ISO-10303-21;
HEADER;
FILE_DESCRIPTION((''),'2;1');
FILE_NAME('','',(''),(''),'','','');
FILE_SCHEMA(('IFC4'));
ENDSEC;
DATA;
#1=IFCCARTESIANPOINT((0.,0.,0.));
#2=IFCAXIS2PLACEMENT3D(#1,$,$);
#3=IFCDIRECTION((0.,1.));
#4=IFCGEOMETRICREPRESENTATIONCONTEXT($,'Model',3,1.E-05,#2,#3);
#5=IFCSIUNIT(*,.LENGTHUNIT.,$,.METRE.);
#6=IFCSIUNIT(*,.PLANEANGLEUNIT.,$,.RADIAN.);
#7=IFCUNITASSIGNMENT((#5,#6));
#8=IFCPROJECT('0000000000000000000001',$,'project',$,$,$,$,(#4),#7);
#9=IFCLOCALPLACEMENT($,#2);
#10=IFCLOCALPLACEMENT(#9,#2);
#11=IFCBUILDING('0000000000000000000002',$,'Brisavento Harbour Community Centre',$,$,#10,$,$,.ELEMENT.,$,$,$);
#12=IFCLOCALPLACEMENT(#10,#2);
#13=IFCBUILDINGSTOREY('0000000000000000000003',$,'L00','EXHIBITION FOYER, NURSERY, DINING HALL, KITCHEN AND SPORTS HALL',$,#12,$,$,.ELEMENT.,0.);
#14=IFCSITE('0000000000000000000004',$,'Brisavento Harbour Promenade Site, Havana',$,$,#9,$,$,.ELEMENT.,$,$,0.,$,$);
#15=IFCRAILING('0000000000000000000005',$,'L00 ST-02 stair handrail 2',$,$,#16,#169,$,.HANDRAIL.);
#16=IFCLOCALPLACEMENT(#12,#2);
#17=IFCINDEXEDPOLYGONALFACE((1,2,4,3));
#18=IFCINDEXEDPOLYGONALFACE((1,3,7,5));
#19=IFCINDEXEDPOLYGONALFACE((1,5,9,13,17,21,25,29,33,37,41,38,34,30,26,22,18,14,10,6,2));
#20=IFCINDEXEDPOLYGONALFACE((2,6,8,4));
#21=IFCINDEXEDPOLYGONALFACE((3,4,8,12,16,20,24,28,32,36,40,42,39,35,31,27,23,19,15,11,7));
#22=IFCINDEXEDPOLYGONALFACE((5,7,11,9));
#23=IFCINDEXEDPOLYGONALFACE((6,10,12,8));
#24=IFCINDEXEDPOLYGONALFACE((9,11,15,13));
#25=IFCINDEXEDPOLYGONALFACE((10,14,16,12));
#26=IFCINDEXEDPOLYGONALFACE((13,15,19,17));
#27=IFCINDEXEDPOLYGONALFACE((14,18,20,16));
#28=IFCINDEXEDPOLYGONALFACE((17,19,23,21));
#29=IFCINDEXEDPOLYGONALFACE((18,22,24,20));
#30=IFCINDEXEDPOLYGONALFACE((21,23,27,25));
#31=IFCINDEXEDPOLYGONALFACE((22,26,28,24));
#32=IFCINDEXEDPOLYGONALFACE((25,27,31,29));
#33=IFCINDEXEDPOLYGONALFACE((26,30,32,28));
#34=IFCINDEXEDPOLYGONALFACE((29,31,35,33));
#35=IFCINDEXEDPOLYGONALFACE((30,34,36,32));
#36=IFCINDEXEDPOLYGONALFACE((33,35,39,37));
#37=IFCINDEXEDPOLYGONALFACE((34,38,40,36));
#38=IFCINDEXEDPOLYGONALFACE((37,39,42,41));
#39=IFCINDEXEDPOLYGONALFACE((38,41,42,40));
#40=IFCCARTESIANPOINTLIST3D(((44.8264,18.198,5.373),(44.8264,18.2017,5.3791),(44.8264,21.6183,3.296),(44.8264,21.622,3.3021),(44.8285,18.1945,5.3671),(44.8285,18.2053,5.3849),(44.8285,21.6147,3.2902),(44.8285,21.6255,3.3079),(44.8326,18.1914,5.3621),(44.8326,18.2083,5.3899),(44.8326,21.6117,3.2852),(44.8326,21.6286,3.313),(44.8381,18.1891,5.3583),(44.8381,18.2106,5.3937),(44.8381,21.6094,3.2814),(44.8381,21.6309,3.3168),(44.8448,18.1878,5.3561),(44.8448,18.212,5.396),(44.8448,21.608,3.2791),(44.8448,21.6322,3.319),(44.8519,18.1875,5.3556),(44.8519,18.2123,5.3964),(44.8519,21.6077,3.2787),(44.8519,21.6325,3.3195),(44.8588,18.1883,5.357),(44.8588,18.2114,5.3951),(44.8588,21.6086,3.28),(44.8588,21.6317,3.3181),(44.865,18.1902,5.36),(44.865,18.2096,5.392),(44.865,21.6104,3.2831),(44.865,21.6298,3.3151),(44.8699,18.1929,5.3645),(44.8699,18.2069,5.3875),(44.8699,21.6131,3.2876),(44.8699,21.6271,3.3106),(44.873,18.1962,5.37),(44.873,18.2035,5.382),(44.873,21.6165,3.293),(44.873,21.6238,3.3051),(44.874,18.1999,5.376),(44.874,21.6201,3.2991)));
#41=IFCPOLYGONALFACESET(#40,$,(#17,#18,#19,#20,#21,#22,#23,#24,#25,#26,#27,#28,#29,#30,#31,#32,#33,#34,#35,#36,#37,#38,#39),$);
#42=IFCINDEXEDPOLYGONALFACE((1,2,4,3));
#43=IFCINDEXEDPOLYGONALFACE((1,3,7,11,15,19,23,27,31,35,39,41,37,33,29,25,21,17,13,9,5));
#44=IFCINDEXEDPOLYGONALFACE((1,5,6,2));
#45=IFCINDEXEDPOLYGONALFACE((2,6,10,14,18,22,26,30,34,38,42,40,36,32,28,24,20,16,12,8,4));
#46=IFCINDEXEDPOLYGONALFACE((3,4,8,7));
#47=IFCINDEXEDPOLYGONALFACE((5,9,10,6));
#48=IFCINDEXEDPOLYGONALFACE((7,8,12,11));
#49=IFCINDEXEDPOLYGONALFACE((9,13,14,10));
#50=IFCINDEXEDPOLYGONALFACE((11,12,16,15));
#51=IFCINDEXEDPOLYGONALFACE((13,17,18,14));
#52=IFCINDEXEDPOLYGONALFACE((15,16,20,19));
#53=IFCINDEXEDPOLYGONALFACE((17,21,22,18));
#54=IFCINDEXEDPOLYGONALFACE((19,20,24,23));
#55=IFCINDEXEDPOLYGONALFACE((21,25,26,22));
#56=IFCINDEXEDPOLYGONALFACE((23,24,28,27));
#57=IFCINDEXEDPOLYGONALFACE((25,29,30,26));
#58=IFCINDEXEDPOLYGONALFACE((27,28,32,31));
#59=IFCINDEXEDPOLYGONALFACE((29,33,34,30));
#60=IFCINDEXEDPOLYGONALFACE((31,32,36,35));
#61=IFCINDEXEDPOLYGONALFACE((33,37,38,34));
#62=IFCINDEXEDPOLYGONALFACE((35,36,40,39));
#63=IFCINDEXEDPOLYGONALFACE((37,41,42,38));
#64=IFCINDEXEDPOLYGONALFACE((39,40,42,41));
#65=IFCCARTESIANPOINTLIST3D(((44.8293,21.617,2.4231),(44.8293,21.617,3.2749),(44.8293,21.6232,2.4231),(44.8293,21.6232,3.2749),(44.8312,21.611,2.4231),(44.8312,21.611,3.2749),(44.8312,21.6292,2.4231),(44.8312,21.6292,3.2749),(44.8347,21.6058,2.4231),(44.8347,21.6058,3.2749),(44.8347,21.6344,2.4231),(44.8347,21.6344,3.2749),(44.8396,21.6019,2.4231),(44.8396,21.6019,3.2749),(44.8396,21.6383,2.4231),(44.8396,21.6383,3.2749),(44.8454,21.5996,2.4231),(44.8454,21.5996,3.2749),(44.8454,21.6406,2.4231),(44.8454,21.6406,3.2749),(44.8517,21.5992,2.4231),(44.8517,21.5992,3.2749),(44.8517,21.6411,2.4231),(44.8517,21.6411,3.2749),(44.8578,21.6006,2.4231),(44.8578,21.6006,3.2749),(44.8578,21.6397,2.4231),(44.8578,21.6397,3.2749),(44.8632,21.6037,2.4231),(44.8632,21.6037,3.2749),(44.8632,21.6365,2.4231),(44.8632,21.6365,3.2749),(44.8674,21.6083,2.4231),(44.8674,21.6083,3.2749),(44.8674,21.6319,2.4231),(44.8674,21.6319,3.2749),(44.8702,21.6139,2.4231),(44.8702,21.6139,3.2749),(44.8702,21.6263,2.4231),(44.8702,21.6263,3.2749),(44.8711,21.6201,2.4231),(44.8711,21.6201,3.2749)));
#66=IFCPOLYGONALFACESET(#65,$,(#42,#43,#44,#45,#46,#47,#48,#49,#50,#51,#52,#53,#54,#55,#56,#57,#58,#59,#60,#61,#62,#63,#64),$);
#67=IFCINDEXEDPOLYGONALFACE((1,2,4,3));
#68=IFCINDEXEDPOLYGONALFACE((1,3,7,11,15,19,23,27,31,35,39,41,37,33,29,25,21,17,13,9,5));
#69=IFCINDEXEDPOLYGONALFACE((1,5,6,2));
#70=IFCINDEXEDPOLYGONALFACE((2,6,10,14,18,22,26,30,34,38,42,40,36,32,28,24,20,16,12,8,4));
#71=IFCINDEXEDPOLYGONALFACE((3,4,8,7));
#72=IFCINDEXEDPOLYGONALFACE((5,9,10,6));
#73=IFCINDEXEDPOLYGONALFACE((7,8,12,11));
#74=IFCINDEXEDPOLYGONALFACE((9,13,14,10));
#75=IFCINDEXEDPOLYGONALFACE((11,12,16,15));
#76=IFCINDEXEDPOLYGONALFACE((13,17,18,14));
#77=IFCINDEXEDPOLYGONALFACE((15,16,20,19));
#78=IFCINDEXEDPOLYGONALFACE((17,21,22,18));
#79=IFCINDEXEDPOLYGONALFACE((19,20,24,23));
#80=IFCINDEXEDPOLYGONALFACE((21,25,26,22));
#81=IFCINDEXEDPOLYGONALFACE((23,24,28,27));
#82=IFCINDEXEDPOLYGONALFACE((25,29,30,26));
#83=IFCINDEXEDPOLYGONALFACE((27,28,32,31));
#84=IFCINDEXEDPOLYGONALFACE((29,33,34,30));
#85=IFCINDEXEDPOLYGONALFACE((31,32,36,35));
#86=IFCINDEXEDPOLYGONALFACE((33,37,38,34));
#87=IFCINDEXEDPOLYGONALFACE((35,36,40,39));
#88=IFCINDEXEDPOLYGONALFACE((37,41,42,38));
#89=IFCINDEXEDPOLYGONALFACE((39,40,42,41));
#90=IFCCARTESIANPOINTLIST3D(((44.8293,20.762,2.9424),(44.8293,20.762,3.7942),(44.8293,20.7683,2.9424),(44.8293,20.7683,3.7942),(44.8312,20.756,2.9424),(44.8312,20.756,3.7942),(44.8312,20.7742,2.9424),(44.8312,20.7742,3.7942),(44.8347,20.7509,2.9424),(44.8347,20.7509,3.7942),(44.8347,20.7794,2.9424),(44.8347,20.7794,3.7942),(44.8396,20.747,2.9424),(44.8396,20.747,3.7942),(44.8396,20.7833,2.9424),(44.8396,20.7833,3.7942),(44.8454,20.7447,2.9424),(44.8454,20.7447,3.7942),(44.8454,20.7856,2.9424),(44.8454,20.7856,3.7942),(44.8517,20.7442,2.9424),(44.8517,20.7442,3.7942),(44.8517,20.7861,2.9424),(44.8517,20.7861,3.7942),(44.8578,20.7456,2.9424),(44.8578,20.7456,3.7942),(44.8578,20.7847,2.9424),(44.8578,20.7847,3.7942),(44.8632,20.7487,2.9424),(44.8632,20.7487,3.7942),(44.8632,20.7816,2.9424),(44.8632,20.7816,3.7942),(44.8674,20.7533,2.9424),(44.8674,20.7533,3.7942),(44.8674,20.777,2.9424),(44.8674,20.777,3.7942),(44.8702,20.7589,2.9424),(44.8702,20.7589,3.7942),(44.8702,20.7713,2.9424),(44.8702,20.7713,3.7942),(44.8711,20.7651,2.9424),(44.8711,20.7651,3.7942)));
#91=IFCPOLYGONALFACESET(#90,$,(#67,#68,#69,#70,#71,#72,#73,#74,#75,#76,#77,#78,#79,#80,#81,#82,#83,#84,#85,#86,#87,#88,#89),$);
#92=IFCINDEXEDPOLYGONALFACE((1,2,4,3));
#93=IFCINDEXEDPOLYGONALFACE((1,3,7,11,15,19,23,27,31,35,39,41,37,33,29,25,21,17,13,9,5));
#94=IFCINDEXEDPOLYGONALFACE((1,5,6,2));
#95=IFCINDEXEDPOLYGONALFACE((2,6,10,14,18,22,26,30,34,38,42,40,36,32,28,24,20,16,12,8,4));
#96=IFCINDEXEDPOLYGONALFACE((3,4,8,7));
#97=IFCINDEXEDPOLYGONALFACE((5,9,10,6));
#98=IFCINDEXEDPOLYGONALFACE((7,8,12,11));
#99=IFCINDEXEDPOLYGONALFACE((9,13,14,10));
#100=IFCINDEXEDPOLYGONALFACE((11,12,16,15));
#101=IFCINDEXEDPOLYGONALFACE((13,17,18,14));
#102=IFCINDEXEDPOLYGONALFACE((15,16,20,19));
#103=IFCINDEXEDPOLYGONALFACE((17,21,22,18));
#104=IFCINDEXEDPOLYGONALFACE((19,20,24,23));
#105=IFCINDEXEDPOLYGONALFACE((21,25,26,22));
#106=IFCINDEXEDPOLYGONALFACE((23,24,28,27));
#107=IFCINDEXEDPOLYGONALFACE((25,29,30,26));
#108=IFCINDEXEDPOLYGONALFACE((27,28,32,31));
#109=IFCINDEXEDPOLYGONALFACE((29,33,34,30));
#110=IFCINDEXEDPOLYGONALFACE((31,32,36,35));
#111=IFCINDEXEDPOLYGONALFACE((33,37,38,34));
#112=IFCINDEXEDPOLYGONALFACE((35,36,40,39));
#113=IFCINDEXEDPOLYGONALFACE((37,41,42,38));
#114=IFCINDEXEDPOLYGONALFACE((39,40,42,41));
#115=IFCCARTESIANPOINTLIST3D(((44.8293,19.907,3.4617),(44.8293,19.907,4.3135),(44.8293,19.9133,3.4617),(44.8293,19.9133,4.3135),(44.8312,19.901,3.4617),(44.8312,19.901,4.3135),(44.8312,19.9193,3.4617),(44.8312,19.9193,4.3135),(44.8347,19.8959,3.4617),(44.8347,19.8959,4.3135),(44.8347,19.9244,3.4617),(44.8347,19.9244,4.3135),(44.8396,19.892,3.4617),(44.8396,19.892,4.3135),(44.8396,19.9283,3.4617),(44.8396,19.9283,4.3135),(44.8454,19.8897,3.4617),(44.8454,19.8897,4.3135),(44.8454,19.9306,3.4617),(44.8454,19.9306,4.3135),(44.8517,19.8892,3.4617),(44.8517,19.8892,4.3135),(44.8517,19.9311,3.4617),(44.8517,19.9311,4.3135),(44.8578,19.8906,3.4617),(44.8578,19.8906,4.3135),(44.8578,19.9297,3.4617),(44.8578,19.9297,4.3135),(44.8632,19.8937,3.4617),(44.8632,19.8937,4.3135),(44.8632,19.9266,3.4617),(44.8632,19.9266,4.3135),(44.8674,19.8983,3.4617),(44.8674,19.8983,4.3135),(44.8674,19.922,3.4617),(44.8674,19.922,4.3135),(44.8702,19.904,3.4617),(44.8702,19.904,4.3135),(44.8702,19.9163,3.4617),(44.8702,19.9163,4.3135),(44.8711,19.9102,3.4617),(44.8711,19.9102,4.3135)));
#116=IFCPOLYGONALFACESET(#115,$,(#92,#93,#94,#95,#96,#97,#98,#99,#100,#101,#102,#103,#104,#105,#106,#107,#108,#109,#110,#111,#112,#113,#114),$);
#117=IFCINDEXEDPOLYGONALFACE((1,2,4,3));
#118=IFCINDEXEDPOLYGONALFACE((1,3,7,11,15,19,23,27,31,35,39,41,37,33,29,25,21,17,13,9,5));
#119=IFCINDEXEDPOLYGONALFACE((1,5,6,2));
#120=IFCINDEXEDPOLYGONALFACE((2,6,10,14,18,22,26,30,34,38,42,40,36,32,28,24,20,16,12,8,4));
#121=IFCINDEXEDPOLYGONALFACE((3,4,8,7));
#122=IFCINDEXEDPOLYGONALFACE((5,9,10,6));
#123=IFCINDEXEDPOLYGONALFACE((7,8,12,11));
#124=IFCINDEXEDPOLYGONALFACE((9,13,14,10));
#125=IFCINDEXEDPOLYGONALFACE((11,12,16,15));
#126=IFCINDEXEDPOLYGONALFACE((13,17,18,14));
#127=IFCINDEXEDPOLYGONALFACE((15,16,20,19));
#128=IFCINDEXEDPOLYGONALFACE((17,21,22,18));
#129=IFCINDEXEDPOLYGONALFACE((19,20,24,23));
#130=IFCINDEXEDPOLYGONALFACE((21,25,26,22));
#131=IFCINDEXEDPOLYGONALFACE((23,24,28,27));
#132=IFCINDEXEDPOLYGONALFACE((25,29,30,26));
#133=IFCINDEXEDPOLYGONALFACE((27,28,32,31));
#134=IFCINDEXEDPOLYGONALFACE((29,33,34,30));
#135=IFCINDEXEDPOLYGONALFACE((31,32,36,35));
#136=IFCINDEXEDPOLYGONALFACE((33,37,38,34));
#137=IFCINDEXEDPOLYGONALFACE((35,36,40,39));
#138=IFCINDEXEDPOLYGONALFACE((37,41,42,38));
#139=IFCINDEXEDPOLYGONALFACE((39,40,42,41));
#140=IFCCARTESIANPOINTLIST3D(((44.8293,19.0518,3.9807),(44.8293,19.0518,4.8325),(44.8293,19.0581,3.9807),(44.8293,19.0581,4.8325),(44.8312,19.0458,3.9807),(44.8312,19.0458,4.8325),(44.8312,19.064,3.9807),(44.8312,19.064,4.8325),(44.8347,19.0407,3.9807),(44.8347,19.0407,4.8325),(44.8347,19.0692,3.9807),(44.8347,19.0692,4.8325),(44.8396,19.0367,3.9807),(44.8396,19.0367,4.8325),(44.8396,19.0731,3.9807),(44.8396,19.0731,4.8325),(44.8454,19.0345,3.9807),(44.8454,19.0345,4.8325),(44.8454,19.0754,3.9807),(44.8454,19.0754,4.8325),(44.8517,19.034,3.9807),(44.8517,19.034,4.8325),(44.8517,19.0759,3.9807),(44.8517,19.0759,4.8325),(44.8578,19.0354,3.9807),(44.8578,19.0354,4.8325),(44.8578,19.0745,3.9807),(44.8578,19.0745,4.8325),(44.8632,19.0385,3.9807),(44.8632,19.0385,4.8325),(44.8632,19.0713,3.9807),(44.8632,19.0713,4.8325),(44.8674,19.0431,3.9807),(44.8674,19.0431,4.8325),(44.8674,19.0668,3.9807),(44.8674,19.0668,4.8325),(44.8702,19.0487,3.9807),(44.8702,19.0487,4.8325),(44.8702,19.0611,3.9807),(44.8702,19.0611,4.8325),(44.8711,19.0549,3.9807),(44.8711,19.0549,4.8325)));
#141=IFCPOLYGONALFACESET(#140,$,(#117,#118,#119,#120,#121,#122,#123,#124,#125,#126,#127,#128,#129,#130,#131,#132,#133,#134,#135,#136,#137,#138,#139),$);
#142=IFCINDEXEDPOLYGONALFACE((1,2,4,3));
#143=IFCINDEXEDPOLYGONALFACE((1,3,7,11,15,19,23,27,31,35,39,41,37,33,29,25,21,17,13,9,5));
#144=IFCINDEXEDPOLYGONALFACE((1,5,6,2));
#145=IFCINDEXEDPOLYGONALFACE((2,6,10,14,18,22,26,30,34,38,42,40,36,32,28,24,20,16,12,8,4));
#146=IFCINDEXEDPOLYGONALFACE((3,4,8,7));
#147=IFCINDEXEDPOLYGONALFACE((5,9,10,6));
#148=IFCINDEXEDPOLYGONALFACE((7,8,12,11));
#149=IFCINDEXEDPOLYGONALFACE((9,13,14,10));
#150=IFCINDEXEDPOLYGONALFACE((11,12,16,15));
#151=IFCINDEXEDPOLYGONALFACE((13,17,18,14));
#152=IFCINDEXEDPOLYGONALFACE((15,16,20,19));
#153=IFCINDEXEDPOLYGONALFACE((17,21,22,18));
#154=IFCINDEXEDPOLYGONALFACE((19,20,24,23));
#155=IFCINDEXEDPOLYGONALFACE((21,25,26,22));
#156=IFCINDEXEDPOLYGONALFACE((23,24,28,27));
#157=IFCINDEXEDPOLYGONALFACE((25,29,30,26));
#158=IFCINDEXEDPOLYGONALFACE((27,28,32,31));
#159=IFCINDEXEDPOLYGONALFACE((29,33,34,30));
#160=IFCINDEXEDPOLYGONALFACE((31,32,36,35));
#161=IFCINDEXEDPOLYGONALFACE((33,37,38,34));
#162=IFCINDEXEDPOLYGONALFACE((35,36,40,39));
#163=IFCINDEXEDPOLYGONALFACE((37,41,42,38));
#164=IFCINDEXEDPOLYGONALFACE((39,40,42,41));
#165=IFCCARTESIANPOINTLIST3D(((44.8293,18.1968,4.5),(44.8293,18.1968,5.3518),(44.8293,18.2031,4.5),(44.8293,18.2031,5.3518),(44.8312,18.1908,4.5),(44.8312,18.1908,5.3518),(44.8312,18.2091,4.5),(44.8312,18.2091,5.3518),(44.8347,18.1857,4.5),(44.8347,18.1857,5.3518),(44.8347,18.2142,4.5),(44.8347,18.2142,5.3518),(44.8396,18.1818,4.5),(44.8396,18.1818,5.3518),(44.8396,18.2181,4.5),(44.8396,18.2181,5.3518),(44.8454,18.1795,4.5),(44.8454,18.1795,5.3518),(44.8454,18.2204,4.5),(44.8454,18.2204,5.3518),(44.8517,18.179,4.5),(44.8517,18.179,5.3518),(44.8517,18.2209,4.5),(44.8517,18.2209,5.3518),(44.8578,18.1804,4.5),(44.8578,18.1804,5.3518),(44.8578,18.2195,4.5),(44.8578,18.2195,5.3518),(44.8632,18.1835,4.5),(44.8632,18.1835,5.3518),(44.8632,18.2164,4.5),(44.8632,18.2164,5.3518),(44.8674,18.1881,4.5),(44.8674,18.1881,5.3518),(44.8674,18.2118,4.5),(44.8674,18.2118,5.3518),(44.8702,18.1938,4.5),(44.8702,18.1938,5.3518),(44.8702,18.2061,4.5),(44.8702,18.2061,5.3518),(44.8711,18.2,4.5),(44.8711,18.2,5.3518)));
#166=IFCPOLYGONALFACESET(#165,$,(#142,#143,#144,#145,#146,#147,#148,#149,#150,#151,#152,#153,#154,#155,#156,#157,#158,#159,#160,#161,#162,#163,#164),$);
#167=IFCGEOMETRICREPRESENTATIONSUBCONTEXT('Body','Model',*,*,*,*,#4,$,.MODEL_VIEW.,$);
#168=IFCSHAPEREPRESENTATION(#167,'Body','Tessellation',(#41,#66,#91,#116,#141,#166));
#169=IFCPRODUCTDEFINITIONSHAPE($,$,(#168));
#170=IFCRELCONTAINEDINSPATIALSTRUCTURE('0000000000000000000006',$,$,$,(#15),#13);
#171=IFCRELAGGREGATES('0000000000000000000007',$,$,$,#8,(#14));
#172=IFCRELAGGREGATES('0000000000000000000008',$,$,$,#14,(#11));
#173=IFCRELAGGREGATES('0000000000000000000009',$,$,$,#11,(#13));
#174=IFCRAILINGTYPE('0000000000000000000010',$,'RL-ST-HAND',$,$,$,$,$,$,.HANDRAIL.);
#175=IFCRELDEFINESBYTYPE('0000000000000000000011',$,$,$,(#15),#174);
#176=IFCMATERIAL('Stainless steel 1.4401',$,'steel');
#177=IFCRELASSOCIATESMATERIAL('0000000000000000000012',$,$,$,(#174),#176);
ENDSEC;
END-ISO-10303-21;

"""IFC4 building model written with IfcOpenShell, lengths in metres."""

from ifc_helpers import new_model, si_unit, direction, frame, origin, origin_2d, place, context, subcontext, project, spatial, circle, extrude, material, type_object, element, save


model = new_model("IFC4")

# Units and contexts
model_context = context("Model", 3, precision=1e-05, world=origin(), true_north=direction((0.0, 1.0)))
body_context = subcontext(model_context, "Body", "Model", "MODEL_VIEW")
ifc_project = project(units=[si_unit("LENGTHUNIT", "METRE"), si_unit("PLANEANGLEUNIT", "RADIAN")], contexts=[model_context])

# Site, building, storey
site_placement = place(None, origin())
site = spatial("IfcSite", under=ifc_project, at=site_placement, Name="Brisavento Harbour Promenade Site, Havana", CompositionType="ELEMENT", RefElevation=0.0)
building_placement = place(site_placement, origin())
building = spatial("IfcBuilding", under=site, at=building_placement, Name="Brisavento Harbour Community Centre", CompositionType="ELEMENT")
storey_placement = place(building_placement, origin())
storey = spatial("IfcBuildingStorey", under=building, at=storey_placement, Name="L00", Description="EXHIBITION FOYER, NURSERY, DINING HALL, KITCHEN AND SPORTS HALL", CompositionType="ELEMENT", Elevation=0.0)

# Railing
ifc_material_1 = material(Name="Stainless steel 1.4401", Category="steel")
railing_type_1 = type_object("IfcRailingType", Name="RL-ST-HAND", PredefinedType="HANDRAIL", material=ifc_material_1)
railing_1_placement = place(storey_placement, frame((44.8501, 21.6201, 2.4231)))
element("IfcRailing", 1, at=railing_1_placement, inside=storey, type_object=railing_type_1, Name="L00 ST-02 stair handrail 2", PredefinedType="HANDRAIL", context=body_context, shape_type="SweptSolid", body=[
    extrude(circle(Radius=0.0239, at=origin_2d()), frame((0.0, 0.0, 0.876), z_axis=(0.0, -0.854746, 0.519047), x_axis=(1.0, 0.0, 0.0)), (0.0, 0.0, 1.0), 4.0015),
    extrude(circle(Radius=0.021, at=origin_2d()), origin(), (0.0, 0.0, 1.0), 0.8518),
    extrude(circle(Radius=0.021, at=origin_2d()), frame((0.0, -0.855, 0.5193)), (0.0, 0.0, 1.0), 0.8518),
    extrude(circle(Radius=0.021, at=origin_2d()), frame((0.0, -1.71, 1.0386)), (0.0, 0.0, 1.0), 0.8518),
    extrude(circle(Radius=0.021, at=origin_2d()), frame((0.0, -2.5652, 1.5576)), (0.0, 0.0, 1.0), 0.8518),
    extrude(circle(Radius=0.021, at=origin_2d()), frame((0.0, -3.4202, 2.0769)), (0.0, 0.0, 1.0), 0.8518),
])

save(model, "model.ifc")
